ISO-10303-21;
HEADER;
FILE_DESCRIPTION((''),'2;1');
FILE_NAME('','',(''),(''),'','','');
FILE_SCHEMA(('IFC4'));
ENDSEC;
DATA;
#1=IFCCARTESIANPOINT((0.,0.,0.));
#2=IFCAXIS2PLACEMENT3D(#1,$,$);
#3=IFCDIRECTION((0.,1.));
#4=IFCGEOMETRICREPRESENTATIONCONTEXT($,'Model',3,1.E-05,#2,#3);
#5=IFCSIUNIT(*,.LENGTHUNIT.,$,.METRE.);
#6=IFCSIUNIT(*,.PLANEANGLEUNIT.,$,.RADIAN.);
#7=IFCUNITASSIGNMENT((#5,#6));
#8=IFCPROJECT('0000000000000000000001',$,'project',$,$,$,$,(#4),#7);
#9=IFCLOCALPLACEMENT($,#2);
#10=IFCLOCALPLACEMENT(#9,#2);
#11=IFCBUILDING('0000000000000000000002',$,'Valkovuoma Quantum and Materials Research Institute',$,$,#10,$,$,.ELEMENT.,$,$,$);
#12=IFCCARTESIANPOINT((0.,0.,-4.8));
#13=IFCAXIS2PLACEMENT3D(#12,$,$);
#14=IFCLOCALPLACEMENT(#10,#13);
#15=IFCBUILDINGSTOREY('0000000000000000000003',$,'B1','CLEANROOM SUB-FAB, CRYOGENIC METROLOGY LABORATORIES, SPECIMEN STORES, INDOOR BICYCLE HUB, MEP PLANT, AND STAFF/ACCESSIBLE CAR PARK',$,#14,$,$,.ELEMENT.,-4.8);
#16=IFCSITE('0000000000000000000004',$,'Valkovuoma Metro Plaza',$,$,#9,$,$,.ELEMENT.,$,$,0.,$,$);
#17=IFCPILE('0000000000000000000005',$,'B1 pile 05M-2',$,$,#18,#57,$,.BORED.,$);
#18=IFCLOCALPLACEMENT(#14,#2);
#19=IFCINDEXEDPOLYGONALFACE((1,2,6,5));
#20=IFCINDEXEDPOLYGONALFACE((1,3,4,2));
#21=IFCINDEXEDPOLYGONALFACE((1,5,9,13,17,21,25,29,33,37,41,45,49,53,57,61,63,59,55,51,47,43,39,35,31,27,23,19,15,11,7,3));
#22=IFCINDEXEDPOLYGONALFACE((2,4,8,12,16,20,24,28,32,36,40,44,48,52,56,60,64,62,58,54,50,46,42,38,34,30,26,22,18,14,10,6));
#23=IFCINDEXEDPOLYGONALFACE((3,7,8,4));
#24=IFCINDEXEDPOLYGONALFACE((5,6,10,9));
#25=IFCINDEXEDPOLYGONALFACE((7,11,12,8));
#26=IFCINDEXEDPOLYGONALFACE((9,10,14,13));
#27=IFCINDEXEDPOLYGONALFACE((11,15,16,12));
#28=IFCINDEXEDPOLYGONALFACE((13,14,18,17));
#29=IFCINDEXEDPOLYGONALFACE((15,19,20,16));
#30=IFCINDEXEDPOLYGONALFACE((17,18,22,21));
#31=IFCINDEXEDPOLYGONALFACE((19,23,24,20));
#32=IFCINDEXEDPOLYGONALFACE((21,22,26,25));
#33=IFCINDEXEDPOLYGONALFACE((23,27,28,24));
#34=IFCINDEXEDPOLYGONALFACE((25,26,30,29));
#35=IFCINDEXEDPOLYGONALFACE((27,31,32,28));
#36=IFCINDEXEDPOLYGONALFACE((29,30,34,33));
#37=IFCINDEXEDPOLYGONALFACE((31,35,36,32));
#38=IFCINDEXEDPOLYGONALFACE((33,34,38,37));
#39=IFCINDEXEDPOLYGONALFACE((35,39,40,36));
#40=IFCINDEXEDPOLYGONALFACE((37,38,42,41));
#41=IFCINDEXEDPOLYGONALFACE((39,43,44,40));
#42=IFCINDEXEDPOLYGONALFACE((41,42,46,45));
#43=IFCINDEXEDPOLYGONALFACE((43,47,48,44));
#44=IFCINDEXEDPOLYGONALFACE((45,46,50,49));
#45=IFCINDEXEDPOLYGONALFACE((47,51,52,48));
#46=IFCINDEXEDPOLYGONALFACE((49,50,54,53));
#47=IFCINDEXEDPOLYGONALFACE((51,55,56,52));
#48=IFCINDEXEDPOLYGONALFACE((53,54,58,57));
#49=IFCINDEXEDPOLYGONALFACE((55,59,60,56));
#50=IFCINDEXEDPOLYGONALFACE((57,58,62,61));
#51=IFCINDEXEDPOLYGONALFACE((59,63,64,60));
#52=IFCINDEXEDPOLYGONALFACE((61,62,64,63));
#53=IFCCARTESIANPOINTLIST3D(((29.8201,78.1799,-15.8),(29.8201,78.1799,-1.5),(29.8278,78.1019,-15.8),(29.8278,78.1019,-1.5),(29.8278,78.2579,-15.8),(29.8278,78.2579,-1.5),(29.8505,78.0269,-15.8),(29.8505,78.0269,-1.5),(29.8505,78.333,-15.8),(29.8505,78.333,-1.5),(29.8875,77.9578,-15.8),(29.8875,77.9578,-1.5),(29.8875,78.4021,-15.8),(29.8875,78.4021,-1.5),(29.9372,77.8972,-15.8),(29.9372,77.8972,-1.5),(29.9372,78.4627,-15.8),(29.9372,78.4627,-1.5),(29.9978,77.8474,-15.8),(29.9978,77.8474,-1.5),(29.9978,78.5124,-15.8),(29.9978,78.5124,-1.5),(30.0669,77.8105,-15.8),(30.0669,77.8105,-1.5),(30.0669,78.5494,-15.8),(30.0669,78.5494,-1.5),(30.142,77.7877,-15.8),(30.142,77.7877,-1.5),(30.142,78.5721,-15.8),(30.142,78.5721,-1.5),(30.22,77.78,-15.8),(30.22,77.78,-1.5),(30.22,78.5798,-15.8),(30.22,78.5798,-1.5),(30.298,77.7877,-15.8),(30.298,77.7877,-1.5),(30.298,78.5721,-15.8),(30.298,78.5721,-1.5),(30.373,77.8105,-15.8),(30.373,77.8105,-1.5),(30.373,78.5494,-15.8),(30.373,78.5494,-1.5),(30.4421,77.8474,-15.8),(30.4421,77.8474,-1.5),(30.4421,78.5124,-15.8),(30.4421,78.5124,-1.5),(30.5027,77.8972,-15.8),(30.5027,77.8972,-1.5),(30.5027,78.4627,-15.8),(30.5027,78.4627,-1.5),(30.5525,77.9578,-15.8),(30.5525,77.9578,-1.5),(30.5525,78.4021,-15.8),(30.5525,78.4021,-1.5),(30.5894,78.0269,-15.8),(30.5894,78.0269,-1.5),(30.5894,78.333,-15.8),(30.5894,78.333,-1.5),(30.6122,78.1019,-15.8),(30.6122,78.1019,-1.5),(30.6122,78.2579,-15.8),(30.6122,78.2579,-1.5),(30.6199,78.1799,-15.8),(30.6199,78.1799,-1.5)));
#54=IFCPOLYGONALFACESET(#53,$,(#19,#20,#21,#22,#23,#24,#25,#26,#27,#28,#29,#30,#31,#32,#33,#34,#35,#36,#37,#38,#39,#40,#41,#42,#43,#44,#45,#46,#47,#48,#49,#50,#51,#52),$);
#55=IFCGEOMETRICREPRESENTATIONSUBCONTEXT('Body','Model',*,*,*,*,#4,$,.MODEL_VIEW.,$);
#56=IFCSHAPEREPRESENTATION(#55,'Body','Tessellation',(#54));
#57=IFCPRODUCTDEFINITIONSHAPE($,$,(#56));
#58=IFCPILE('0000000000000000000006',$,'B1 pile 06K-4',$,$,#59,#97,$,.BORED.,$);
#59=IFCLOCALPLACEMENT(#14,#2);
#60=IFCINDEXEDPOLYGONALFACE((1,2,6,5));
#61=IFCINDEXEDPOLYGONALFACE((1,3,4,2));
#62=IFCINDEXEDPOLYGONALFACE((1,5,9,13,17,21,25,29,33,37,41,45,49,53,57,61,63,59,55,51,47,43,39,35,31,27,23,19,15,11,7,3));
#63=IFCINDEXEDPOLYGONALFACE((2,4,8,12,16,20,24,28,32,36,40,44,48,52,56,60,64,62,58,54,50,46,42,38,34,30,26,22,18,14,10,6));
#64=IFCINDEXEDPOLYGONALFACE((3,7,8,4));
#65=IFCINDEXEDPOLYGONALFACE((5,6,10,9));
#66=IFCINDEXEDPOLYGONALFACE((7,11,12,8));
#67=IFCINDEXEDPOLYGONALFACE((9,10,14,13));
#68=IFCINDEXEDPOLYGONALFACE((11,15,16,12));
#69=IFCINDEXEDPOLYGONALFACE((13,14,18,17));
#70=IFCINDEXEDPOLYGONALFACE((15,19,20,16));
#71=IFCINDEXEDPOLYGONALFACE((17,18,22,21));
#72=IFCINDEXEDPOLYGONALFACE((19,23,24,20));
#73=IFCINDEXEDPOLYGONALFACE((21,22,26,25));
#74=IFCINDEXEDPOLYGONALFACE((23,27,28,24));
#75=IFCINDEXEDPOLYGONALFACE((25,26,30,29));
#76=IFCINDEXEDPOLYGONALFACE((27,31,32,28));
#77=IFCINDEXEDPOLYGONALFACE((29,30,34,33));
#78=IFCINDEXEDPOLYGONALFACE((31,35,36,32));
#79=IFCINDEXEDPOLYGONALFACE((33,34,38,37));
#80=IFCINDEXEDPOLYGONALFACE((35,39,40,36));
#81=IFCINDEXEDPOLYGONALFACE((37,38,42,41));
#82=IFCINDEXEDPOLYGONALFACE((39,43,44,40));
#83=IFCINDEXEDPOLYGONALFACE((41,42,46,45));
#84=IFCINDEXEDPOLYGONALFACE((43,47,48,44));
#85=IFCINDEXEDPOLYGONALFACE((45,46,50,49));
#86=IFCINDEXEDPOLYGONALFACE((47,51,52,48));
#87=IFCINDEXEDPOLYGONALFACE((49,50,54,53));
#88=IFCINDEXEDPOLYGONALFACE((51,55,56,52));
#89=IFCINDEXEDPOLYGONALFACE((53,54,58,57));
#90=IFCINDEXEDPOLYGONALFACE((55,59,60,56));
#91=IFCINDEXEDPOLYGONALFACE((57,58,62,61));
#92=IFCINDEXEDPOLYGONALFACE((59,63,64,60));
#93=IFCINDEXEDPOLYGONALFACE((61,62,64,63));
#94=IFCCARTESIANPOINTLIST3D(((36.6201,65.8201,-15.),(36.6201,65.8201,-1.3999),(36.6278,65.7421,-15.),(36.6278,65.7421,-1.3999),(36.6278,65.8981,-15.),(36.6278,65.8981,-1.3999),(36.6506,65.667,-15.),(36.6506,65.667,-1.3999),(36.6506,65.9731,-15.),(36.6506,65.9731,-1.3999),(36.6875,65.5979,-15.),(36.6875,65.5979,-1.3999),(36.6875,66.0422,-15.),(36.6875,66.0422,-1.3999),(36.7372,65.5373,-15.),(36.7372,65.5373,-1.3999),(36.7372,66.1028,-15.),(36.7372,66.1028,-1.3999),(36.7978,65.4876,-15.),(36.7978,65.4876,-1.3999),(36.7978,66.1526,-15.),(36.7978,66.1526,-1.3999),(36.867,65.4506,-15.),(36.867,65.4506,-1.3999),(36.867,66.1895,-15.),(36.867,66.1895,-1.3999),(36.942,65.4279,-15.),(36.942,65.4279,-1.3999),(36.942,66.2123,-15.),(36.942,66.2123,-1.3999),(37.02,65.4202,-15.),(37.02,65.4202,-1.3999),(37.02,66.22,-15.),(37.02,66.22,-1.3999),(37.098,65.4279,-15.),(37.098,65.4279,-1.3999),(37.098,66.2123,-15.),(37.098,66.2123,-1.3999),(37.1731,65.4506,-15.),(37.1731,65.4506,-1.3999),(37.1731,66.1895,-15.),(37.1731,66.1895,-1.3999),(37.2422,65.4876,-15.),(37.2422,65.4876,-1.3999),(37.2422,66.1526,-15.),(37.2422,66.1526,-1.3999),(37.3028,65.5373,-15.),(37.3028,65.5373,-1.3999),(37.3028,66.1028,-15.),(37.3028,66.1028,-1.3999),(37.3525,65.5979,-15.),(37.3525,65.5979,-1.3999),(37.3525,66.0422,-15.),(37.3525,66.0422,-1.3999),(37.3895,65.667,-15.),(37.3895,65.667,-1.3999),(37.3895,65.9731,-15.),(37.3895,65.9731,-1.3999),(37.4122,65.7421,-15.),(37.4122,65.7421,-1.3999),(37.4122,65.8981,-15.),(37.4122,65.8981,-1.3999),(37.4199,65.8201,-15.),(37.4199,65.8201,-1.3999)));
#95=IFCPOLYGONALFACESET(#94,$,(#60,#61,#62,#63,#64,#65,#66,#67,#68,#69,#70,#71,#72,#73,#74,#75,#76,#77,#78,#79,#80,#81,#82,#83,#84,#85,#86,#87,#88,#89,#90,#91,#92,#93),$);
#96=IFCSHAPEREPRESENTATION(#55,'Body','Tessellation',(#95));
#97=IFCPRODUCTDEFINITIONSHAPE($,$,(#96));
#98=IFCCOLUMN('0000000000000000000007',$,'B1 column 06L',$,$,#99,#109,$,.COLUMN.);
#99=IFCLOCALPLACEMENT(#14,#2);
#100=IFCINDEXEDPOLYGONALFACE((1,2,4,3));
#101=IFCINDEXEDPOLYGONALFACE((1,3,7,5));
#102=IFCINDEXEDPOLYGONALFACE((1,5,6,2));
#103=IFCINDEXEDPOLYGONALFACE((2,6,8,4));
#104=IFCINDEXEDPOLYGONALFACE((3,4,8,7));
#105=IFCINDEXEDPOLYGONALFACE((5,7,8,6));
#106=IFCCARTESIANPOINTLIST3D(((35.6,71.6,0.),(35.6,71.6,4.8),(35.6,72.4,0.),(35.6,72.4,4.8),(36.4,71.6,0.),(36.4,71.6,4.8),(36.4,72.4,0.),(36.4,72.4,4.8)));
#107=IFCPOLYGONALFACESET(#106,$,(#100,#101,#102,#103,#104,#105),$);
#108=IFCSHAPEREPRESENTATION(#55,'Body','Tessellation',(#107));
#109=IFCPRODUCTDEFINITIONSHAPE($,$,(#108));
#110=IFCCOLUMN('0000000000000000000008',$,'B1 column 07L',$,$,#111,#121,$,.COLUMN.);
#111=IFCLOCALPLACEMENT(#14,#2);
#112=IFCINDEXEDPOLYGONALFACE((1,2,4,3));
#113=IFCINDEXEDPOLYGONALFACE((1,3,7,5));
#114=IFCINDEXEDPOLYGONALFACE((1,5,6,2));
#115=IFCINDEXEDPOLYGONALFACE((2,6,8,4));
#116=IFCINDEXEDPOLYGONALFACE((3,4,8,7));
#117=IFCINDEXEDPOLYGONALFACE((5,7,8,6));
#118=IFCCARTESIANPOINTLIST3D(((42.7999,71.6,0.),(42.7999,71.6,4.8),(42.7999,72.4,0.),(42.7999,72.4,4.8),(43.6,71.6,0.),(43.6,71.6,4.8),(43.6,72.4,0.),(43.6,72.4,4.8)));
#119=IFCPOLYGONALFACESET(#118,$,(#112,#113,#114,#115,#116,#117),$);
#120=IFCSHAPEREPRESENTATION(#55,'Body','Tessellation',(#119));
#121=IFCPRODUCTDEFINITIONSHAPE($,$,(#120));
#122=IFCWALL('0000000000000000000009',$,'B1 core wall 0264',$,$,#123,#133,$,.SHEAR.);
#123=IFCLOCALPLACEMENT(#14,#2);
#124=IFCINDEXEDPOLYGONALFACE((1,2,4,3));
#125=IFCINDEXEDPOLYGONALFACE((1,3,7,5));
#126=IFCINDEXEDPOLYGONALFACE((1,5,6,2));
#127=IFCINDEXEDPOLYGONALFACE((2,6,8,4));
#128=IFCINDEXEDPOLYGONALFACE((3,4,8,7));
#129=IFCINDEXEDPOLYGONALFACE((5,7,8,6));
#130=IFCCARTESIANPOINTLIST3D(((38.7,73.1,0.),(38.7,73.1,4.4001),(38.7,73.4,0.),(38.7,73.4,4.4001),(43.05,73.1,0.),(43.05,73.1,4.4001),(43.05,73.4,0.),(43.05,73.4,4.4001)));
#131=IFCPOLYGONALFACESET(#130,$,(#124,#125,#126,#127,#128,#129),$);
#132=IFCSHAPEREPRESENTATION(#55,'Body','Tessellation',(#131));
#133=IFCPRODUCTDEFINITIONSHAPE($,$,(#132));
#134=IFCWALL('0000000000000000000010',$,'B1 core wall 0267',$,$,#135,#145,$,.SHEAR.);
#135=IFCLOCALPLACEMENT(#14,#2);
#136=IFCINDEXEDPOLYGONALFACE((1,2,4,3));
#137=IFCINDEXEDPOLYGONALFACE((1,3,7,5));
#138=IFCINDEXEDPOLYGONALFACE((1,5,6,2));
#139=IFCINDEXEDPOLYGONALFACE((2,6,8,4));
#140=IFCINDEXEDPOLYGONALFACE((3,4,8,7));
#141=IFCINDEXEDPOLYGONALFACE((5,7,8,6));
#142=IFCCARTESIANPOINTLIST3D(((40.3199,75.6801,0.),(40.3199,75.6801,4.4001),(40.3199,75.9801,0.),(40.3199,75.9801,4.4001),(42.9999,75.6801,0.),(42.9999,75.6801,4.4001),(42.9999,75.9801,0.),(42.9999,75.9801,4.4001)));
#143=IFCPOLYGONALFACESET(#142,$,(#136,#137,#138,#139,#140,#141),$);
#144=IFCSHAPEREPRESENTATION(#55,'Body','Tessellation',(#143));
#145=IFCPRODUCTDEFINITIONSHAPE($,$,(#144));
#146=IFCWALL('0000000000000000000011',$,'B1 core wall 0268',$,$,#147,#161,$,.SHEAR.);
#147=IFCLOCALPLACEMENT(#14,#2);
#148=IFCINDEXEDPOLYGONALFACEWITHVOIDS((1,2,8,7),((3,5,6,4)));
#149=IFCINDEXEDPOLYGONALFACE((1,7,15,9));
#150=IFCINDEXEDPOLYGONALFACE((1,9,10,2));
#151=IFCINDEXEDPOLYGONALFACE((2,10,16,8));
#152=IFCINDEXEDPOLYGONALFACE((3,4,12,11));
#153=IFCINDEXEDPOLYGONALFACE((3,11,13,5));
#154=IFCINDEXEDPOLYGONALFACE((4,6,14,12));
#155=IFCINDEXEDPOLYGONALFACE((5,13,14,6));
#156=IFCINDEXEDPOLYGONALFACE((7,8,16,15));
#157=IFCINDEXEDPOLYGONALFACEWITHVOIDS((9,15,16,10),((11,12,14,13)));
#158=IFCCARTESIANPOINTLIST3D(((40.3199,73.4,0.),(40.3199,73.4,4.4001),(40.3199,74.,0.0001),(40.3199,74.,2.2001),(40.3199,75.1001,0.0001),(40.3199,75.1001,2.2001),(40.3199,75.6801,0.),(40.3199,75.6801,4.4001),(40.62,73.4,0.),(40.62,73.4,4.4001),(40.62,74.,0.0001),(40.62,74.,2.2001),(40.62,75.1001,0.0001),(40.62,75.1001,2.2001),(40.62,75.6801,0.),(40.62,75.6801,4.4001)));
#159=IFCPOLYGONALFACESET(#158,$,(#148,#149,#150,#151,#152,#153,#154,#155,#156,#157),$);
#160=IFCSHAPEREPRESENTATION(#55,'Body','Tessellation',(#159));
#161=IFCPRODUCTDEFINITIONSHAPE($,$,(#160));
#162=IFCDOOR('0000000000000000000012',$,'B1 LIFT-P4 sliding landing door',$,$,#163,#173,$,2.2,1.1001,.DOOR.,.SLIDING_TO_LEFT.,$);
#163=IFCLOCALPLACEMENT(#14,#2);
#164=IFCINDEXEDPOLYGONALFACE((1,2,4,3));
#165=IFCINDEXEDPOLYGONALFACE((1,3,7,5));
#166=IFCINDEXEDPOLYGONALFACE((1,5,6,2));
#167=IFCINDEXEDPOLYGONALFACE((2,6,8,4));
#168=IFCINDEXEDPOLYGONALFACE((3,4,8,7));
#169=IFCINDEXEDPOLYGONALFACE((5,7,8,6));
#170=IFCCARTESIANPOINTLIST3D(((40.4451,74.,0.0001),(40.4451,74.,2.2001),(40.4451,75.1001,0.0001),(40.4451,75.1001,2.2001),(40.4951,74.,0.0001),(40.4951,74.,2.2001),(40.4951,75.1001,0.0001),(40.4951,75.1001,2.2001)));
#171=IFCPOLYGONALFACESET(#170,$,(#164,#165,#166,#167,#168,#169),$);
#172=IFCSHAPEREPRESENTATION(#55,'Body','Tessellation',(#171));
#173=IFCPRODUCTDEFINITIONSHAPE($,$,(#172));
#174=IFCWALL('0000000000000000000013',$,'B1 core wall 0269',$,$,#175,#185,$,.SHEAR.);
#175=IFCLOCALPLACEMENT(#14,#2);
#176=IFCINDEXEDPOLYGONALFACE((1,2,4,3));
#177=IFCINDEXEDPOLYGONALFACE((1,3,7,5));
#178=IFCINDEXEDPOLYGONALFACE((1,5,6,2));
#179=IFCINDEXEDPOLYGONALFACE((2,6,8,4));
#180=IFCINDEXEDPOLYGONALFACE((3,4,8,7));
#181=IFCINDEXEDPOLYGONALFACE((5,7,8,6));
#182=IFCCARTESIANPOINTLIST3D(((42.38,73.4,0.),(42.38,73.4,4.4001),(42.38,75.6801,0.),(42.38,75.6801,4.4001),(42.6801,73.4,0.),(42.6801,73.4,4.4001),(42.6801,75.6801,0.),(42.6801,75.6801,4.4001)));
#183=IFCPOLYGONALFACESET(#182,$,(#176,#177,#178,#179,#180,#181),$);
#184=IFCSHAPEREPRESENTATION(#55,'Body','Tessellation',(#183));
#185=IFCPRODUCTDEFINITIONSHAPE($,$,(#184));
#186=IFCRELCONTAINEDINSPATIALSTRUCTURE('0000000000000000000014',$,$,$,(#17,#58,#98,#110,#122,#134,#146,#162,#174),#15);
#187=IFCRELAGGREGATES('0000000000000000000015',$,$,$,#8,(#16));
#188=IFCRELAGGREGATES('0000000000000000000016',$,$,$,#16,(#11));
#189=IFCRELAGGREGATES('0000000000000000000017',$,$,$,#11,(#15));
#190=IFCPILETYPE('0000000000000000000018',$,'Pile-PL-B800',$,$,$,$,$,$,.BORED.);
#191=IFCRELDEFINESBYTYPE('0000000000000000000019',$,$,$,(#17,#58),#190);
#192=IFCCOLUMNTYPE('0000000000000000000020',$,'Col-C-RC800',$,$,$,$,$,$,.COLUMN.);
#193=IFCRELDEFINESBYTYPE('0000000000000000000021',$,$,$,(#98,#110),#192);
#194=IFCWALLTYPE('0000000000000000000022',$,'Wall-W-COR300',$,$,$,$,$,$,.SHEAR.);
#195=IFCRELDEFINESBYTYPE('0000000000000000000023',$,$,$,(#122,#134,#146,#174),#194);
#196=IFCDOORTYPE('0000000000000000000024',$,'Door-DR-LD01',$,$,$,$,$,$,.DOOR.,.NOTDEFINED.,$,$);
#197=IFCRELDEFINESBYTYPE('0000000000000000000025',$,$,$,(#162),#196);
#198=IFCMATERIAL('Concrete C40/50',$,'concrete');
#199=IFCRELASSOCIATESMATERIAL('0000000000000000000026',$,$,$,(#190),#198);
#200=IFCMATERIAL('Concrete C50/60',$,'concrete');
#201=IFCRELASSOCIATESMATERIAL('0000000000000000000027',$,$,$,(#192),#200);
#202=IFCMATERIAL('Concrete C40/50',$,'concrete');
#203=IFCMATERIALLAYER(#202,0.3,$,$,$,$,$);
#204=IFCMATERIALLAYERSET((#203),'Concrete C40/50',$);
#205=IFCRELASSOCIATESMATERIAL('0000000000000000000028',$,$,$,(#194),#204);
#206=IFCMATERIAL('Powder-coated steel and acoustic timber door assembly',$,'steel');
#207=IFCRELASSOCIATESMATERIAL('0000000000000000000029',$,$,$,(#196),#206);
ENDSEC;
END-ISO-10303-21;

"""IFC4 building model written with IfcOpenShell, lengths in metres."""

from ifc_helpers import new_model, si_unit, direction, frame, frame_2d, origin, origin_2d, place, context, subcontext, project, spatial, rectangle, circle, extrude, material, layer, layer_set, material_profile, profile_set, type_object, element, fill, save


model = new_model("IFC4")

# Units and contexts
model_context = context("Model", 3, precision=1e-05, world=origin(), true_north=direction((0.0, 1.0)))
body_context = subcontext(model_context, "Body", "Model", "MODEL_VIEW")
ifc_project = project(units=[si_unit("LENGTHUNIT", "METRE"), si_unit("PLANEANGLEUNIT", "RADIAN")], contexts=[model_context])

# Site, building, storey
site_placement = place(None, origin())
site = spatial("IfcSite", under=ifc_project, at=site_placement, Name="Valkovuoma Metro Plaza", CompositionType="ELEMENT", RefElevation=0.0)
building_placement = place(site_placement, origin())
building = spatial("IfcBuilding", under=site, at=building_placement, Name="Valkovuoma Quantum and Materials Research Institute", CompositionType="ELEMENT")
storey_placement = place(building_placement, frame((0.0, 0.0, -4.8)))
storey = spatial("IfcBuildingStorey", under=building, at=storey_placement, Name="B1", Description="CLEANROOM SUB-FAB, CRYOGENIC METROLOGY LABORATORIES, SPECIMEN STORES, INDOOR BICYCLE HUB, MEP PLANT, AND STAFF/ACCESSIBLE CAR PARK", CompositionType="ELEMENT", Elevation=-4.8)

# Piles
ifc_material_1 = material(Name="Concrete C40/50", Category="concrete")
ifc_material_profile_1 = material_profile(ifc_material_1, circle(Radius=0.3999, at=origin_2d()), Name="Concrete C40/50")
ifc_profile_set_1 = profile_set([ifc_material_profile_1], Name="Concrete C40/50")
pile_type_1 = type_object("IfcPileType", Name="Pile-PL-B800", PredefinedType="BORED", material=ifc_profile_set_1)
pile_1_placement = place(storey_placement, frame((30.22, 78.1799, -1.5), z_axis=(0.0, 0.0, -1.0), x_axis=(1.0, 0.0, 0.0)))
element("IfcPile", 1, at=pile_1_placement, inside=storey, type_object=pile_type_1, Name="B1 pile 05M-2", PredefinedType="BORED", context=body_context, shape_type="SweptSolid", body=[
    extrude(circle(Radius=0.3999, at=origin_2d()), origin(), (0.0, 0.0, 1.0), 14.3),
])
pile_2_placement = place(storey_placement, frame((37.02, 65.8201, -1.3999), z_axis=(0.0, 0.0, -1.0), x_axis=(1.0, 0.0, 0.0)))
element("IfcPile", 2, at=pile_2_placement, inside=storey, type_object=pile_type_1, Name="B1 pile 06K-4", PredefinedType="BORED", context=body_context, shape_type="SweptSolid", body=[
    extrude(circle(Radius=0.3999, at=origin_2d()), origin(), (0.0, 0.0, 1.0), 13.6001),
])

# Columns
ifc_material_2 = material(Name="Concrete C50/60", Category="concrete")
ifc_material_profile_2 = material_profile(ifc_material_2, rectangle(XDim=0.8, YDim=0.8, at=origin_2d()), Name="Concrete C50/60")
ifc_profile_set_2 = profile_set([ifc_material_profile_2], Name="Concrete C50/60")
column_type = type_object("IfcColumnType", Name="Col-C-RC800", PredefinedType="COLUMN", material=ifc_profile_set_2)
for number, where, z_axis, x_axis, name in (
    (3, (36.0, 72.0, 0.0), (0.0, 0.0, 1.0), (1.0, 0.0, 0.0), "B1 column 06L"),
    (4, (43.2, 72.0, 0.0), (0.0, 0.0, 1.0), (1.0, 0.0, 0.0), "B1 column 07L"),
):
    element("IfcColumn", number, at=place(storey_placement, frame(where, z_axis=z_axis, x_axis=x_axis)), inside=storey, type_object=column_type, Name=name, PredefinedType="COLUMN", context=body_context, shape_type="SweptSolid", body=[
        extrude(rectangle(XDim=0.8, YDim=0.8, at=origin_2d()), origin(), (0.0, 0.0, 1.0), 4.8),
    ])

# Walls
ifc_material_3 = material(Name="Concrete C40/50", Category="concrete")
ifc_layer = layer(ifc_material_3, 0.3)
ifc_layer_set = layer_set([ifc_layer], Name="Concrete C40/50")
wall_type = type_object("IfcWallType", Name="Wall-W-COR300", PredefinedType="SHEAR", material=ifc_layer_set)
wall_1_placement = place(storey_placement, frame((38.7, 73.25, 0.0), z_axis=(0.0, 0.0, 1.0), x_axis=(1.0, 0.0, 0.0)))
element("IfcWall", 5, at=wall_1_placement, inside=storey, type_object=wall_type, Name="B1 core wall 0264", PredefinedType="SHEAR", context=body_context, shape_type="SweptSolid", body=[
    extrude(rectangle(XDim=4.3501, YDim=0.3, at=frame_2d((2.175, 0.0))), origin(), (0.0, 0.0, 1.0), 4.4001),
])
wall_2_placement = place(storey_placement, frame((40.3201, 75.8301, 0.0), z_axis=(0.0, 0.0, 1.0), x_axis=(1.0, 0.0, 0.0)))
element("IfcWall", 6, at=wall_2_placement, inside=storey, type_object=wall_type, Name="B1 core wall 0267", PredefinedType="SHEAR", context=body_context, shape_type="SweptSolid", body=[
    extrude(rectangle(XDim=2.6799, YDim=0.3, at=frame_2d((1.3398, 0.0))), origin(), (0.0, 0.0, 1.0), 4.4001),
])

# Wall, opening, door
wall_3_placement = place(storey_placement, frame((40.47, 73.3999, 0.0), z_axis=(0.0, 0.0, 1.0), x_axis=(0.0, 1.0, 0.0)))
wall_3 = element("IfcWall", 7, at=wall_3_placement, inside=storey, type_object=wall_type, Name="B1 core wall 0268", PredefinedType="SHEAR", context=body_context, shape_type="SweptSolid", body=[
    extrude(rectangle(XDim=2.28, YDim=0.3, at=frame_2d((1.1401, 0.0))), origin(), (0.0, 0.0, 1.0), 4.4001),
])
opening_placement = place(wall_3_placement, frame((0.6001, 0.0, 0.0)))
opening = element("IfcOpeningElement", 8, at=opening_placement, cuts=wall_3, PredefinedType="OPENING", context=body_context, shape_type="SweptSolid", body=[
    extrude(rectangle(XDim=1.1001, YDim=2.2, at=frame_2d((0.55, 1.1001))), frame((0.0, 0.1602, 0.0), z_axis=(0.0, -1.0, 0.0), x_axis=(1.0, 0.0, 0.0)), (0.0, 0.0, 1.0), 0.3201),
])
ifc_material_4 = material(Name="Powder-coated steel and acoustic timber door assembly", Category="steel")
door_type = type_object("IfcDoorType", Name="Door-DR-LD01", OperationType="NOTDEFINED", PredefinedType="DOOR", material=ifc_material_4)
door_placement = place(opening_placement, origin())
door = element("IfcDoor", 9, at=door_placement, inside=storey, type_object=door_type, Name="B1 LIFT-P4 sliding landing door", OperationType="SLIDING_TO_LEFT", OverallHeight=2.2, OverallWidth=1.1001, PredefinedType="DOOR", context=body_context, shape_type="SweptSolid", body=[
    extrude(rectangle(XDim=1.1001, YDim=2.2, at=frame_2d((0.55, 1.1001))), frame((0.0, 0.0249, 0.0), z_axis=(0.0, -1.0, 0.0), x_axis=(1.0, 0.0, 0.0)), (0.0, 0.0, 1.0), 0.05),
])
fill(opening, door)

# Wall
wall_4_placement = place(storey_placement, frame((42.53, 73.3999, 0.0), z_axis=(0.0, 0.0, 1.0), x_axis=(0.0, 1.0, 0.0)))
element("IfcWall", 10, at=wall_4_placement, inside=storey, type_object=wall_type, Name="B1 core wall 0269", PredefinedType="SHEAR", context=body_context, shape_type="SweptSolid", body=[
    extrude(rectangle(XDim=2.28, YDim=0.3, at=frame_2d((1.1401, 0.0))), origin(), (0.0, 0.0, 1.0), 4.4001),
])

save(model, "model.ifc")
